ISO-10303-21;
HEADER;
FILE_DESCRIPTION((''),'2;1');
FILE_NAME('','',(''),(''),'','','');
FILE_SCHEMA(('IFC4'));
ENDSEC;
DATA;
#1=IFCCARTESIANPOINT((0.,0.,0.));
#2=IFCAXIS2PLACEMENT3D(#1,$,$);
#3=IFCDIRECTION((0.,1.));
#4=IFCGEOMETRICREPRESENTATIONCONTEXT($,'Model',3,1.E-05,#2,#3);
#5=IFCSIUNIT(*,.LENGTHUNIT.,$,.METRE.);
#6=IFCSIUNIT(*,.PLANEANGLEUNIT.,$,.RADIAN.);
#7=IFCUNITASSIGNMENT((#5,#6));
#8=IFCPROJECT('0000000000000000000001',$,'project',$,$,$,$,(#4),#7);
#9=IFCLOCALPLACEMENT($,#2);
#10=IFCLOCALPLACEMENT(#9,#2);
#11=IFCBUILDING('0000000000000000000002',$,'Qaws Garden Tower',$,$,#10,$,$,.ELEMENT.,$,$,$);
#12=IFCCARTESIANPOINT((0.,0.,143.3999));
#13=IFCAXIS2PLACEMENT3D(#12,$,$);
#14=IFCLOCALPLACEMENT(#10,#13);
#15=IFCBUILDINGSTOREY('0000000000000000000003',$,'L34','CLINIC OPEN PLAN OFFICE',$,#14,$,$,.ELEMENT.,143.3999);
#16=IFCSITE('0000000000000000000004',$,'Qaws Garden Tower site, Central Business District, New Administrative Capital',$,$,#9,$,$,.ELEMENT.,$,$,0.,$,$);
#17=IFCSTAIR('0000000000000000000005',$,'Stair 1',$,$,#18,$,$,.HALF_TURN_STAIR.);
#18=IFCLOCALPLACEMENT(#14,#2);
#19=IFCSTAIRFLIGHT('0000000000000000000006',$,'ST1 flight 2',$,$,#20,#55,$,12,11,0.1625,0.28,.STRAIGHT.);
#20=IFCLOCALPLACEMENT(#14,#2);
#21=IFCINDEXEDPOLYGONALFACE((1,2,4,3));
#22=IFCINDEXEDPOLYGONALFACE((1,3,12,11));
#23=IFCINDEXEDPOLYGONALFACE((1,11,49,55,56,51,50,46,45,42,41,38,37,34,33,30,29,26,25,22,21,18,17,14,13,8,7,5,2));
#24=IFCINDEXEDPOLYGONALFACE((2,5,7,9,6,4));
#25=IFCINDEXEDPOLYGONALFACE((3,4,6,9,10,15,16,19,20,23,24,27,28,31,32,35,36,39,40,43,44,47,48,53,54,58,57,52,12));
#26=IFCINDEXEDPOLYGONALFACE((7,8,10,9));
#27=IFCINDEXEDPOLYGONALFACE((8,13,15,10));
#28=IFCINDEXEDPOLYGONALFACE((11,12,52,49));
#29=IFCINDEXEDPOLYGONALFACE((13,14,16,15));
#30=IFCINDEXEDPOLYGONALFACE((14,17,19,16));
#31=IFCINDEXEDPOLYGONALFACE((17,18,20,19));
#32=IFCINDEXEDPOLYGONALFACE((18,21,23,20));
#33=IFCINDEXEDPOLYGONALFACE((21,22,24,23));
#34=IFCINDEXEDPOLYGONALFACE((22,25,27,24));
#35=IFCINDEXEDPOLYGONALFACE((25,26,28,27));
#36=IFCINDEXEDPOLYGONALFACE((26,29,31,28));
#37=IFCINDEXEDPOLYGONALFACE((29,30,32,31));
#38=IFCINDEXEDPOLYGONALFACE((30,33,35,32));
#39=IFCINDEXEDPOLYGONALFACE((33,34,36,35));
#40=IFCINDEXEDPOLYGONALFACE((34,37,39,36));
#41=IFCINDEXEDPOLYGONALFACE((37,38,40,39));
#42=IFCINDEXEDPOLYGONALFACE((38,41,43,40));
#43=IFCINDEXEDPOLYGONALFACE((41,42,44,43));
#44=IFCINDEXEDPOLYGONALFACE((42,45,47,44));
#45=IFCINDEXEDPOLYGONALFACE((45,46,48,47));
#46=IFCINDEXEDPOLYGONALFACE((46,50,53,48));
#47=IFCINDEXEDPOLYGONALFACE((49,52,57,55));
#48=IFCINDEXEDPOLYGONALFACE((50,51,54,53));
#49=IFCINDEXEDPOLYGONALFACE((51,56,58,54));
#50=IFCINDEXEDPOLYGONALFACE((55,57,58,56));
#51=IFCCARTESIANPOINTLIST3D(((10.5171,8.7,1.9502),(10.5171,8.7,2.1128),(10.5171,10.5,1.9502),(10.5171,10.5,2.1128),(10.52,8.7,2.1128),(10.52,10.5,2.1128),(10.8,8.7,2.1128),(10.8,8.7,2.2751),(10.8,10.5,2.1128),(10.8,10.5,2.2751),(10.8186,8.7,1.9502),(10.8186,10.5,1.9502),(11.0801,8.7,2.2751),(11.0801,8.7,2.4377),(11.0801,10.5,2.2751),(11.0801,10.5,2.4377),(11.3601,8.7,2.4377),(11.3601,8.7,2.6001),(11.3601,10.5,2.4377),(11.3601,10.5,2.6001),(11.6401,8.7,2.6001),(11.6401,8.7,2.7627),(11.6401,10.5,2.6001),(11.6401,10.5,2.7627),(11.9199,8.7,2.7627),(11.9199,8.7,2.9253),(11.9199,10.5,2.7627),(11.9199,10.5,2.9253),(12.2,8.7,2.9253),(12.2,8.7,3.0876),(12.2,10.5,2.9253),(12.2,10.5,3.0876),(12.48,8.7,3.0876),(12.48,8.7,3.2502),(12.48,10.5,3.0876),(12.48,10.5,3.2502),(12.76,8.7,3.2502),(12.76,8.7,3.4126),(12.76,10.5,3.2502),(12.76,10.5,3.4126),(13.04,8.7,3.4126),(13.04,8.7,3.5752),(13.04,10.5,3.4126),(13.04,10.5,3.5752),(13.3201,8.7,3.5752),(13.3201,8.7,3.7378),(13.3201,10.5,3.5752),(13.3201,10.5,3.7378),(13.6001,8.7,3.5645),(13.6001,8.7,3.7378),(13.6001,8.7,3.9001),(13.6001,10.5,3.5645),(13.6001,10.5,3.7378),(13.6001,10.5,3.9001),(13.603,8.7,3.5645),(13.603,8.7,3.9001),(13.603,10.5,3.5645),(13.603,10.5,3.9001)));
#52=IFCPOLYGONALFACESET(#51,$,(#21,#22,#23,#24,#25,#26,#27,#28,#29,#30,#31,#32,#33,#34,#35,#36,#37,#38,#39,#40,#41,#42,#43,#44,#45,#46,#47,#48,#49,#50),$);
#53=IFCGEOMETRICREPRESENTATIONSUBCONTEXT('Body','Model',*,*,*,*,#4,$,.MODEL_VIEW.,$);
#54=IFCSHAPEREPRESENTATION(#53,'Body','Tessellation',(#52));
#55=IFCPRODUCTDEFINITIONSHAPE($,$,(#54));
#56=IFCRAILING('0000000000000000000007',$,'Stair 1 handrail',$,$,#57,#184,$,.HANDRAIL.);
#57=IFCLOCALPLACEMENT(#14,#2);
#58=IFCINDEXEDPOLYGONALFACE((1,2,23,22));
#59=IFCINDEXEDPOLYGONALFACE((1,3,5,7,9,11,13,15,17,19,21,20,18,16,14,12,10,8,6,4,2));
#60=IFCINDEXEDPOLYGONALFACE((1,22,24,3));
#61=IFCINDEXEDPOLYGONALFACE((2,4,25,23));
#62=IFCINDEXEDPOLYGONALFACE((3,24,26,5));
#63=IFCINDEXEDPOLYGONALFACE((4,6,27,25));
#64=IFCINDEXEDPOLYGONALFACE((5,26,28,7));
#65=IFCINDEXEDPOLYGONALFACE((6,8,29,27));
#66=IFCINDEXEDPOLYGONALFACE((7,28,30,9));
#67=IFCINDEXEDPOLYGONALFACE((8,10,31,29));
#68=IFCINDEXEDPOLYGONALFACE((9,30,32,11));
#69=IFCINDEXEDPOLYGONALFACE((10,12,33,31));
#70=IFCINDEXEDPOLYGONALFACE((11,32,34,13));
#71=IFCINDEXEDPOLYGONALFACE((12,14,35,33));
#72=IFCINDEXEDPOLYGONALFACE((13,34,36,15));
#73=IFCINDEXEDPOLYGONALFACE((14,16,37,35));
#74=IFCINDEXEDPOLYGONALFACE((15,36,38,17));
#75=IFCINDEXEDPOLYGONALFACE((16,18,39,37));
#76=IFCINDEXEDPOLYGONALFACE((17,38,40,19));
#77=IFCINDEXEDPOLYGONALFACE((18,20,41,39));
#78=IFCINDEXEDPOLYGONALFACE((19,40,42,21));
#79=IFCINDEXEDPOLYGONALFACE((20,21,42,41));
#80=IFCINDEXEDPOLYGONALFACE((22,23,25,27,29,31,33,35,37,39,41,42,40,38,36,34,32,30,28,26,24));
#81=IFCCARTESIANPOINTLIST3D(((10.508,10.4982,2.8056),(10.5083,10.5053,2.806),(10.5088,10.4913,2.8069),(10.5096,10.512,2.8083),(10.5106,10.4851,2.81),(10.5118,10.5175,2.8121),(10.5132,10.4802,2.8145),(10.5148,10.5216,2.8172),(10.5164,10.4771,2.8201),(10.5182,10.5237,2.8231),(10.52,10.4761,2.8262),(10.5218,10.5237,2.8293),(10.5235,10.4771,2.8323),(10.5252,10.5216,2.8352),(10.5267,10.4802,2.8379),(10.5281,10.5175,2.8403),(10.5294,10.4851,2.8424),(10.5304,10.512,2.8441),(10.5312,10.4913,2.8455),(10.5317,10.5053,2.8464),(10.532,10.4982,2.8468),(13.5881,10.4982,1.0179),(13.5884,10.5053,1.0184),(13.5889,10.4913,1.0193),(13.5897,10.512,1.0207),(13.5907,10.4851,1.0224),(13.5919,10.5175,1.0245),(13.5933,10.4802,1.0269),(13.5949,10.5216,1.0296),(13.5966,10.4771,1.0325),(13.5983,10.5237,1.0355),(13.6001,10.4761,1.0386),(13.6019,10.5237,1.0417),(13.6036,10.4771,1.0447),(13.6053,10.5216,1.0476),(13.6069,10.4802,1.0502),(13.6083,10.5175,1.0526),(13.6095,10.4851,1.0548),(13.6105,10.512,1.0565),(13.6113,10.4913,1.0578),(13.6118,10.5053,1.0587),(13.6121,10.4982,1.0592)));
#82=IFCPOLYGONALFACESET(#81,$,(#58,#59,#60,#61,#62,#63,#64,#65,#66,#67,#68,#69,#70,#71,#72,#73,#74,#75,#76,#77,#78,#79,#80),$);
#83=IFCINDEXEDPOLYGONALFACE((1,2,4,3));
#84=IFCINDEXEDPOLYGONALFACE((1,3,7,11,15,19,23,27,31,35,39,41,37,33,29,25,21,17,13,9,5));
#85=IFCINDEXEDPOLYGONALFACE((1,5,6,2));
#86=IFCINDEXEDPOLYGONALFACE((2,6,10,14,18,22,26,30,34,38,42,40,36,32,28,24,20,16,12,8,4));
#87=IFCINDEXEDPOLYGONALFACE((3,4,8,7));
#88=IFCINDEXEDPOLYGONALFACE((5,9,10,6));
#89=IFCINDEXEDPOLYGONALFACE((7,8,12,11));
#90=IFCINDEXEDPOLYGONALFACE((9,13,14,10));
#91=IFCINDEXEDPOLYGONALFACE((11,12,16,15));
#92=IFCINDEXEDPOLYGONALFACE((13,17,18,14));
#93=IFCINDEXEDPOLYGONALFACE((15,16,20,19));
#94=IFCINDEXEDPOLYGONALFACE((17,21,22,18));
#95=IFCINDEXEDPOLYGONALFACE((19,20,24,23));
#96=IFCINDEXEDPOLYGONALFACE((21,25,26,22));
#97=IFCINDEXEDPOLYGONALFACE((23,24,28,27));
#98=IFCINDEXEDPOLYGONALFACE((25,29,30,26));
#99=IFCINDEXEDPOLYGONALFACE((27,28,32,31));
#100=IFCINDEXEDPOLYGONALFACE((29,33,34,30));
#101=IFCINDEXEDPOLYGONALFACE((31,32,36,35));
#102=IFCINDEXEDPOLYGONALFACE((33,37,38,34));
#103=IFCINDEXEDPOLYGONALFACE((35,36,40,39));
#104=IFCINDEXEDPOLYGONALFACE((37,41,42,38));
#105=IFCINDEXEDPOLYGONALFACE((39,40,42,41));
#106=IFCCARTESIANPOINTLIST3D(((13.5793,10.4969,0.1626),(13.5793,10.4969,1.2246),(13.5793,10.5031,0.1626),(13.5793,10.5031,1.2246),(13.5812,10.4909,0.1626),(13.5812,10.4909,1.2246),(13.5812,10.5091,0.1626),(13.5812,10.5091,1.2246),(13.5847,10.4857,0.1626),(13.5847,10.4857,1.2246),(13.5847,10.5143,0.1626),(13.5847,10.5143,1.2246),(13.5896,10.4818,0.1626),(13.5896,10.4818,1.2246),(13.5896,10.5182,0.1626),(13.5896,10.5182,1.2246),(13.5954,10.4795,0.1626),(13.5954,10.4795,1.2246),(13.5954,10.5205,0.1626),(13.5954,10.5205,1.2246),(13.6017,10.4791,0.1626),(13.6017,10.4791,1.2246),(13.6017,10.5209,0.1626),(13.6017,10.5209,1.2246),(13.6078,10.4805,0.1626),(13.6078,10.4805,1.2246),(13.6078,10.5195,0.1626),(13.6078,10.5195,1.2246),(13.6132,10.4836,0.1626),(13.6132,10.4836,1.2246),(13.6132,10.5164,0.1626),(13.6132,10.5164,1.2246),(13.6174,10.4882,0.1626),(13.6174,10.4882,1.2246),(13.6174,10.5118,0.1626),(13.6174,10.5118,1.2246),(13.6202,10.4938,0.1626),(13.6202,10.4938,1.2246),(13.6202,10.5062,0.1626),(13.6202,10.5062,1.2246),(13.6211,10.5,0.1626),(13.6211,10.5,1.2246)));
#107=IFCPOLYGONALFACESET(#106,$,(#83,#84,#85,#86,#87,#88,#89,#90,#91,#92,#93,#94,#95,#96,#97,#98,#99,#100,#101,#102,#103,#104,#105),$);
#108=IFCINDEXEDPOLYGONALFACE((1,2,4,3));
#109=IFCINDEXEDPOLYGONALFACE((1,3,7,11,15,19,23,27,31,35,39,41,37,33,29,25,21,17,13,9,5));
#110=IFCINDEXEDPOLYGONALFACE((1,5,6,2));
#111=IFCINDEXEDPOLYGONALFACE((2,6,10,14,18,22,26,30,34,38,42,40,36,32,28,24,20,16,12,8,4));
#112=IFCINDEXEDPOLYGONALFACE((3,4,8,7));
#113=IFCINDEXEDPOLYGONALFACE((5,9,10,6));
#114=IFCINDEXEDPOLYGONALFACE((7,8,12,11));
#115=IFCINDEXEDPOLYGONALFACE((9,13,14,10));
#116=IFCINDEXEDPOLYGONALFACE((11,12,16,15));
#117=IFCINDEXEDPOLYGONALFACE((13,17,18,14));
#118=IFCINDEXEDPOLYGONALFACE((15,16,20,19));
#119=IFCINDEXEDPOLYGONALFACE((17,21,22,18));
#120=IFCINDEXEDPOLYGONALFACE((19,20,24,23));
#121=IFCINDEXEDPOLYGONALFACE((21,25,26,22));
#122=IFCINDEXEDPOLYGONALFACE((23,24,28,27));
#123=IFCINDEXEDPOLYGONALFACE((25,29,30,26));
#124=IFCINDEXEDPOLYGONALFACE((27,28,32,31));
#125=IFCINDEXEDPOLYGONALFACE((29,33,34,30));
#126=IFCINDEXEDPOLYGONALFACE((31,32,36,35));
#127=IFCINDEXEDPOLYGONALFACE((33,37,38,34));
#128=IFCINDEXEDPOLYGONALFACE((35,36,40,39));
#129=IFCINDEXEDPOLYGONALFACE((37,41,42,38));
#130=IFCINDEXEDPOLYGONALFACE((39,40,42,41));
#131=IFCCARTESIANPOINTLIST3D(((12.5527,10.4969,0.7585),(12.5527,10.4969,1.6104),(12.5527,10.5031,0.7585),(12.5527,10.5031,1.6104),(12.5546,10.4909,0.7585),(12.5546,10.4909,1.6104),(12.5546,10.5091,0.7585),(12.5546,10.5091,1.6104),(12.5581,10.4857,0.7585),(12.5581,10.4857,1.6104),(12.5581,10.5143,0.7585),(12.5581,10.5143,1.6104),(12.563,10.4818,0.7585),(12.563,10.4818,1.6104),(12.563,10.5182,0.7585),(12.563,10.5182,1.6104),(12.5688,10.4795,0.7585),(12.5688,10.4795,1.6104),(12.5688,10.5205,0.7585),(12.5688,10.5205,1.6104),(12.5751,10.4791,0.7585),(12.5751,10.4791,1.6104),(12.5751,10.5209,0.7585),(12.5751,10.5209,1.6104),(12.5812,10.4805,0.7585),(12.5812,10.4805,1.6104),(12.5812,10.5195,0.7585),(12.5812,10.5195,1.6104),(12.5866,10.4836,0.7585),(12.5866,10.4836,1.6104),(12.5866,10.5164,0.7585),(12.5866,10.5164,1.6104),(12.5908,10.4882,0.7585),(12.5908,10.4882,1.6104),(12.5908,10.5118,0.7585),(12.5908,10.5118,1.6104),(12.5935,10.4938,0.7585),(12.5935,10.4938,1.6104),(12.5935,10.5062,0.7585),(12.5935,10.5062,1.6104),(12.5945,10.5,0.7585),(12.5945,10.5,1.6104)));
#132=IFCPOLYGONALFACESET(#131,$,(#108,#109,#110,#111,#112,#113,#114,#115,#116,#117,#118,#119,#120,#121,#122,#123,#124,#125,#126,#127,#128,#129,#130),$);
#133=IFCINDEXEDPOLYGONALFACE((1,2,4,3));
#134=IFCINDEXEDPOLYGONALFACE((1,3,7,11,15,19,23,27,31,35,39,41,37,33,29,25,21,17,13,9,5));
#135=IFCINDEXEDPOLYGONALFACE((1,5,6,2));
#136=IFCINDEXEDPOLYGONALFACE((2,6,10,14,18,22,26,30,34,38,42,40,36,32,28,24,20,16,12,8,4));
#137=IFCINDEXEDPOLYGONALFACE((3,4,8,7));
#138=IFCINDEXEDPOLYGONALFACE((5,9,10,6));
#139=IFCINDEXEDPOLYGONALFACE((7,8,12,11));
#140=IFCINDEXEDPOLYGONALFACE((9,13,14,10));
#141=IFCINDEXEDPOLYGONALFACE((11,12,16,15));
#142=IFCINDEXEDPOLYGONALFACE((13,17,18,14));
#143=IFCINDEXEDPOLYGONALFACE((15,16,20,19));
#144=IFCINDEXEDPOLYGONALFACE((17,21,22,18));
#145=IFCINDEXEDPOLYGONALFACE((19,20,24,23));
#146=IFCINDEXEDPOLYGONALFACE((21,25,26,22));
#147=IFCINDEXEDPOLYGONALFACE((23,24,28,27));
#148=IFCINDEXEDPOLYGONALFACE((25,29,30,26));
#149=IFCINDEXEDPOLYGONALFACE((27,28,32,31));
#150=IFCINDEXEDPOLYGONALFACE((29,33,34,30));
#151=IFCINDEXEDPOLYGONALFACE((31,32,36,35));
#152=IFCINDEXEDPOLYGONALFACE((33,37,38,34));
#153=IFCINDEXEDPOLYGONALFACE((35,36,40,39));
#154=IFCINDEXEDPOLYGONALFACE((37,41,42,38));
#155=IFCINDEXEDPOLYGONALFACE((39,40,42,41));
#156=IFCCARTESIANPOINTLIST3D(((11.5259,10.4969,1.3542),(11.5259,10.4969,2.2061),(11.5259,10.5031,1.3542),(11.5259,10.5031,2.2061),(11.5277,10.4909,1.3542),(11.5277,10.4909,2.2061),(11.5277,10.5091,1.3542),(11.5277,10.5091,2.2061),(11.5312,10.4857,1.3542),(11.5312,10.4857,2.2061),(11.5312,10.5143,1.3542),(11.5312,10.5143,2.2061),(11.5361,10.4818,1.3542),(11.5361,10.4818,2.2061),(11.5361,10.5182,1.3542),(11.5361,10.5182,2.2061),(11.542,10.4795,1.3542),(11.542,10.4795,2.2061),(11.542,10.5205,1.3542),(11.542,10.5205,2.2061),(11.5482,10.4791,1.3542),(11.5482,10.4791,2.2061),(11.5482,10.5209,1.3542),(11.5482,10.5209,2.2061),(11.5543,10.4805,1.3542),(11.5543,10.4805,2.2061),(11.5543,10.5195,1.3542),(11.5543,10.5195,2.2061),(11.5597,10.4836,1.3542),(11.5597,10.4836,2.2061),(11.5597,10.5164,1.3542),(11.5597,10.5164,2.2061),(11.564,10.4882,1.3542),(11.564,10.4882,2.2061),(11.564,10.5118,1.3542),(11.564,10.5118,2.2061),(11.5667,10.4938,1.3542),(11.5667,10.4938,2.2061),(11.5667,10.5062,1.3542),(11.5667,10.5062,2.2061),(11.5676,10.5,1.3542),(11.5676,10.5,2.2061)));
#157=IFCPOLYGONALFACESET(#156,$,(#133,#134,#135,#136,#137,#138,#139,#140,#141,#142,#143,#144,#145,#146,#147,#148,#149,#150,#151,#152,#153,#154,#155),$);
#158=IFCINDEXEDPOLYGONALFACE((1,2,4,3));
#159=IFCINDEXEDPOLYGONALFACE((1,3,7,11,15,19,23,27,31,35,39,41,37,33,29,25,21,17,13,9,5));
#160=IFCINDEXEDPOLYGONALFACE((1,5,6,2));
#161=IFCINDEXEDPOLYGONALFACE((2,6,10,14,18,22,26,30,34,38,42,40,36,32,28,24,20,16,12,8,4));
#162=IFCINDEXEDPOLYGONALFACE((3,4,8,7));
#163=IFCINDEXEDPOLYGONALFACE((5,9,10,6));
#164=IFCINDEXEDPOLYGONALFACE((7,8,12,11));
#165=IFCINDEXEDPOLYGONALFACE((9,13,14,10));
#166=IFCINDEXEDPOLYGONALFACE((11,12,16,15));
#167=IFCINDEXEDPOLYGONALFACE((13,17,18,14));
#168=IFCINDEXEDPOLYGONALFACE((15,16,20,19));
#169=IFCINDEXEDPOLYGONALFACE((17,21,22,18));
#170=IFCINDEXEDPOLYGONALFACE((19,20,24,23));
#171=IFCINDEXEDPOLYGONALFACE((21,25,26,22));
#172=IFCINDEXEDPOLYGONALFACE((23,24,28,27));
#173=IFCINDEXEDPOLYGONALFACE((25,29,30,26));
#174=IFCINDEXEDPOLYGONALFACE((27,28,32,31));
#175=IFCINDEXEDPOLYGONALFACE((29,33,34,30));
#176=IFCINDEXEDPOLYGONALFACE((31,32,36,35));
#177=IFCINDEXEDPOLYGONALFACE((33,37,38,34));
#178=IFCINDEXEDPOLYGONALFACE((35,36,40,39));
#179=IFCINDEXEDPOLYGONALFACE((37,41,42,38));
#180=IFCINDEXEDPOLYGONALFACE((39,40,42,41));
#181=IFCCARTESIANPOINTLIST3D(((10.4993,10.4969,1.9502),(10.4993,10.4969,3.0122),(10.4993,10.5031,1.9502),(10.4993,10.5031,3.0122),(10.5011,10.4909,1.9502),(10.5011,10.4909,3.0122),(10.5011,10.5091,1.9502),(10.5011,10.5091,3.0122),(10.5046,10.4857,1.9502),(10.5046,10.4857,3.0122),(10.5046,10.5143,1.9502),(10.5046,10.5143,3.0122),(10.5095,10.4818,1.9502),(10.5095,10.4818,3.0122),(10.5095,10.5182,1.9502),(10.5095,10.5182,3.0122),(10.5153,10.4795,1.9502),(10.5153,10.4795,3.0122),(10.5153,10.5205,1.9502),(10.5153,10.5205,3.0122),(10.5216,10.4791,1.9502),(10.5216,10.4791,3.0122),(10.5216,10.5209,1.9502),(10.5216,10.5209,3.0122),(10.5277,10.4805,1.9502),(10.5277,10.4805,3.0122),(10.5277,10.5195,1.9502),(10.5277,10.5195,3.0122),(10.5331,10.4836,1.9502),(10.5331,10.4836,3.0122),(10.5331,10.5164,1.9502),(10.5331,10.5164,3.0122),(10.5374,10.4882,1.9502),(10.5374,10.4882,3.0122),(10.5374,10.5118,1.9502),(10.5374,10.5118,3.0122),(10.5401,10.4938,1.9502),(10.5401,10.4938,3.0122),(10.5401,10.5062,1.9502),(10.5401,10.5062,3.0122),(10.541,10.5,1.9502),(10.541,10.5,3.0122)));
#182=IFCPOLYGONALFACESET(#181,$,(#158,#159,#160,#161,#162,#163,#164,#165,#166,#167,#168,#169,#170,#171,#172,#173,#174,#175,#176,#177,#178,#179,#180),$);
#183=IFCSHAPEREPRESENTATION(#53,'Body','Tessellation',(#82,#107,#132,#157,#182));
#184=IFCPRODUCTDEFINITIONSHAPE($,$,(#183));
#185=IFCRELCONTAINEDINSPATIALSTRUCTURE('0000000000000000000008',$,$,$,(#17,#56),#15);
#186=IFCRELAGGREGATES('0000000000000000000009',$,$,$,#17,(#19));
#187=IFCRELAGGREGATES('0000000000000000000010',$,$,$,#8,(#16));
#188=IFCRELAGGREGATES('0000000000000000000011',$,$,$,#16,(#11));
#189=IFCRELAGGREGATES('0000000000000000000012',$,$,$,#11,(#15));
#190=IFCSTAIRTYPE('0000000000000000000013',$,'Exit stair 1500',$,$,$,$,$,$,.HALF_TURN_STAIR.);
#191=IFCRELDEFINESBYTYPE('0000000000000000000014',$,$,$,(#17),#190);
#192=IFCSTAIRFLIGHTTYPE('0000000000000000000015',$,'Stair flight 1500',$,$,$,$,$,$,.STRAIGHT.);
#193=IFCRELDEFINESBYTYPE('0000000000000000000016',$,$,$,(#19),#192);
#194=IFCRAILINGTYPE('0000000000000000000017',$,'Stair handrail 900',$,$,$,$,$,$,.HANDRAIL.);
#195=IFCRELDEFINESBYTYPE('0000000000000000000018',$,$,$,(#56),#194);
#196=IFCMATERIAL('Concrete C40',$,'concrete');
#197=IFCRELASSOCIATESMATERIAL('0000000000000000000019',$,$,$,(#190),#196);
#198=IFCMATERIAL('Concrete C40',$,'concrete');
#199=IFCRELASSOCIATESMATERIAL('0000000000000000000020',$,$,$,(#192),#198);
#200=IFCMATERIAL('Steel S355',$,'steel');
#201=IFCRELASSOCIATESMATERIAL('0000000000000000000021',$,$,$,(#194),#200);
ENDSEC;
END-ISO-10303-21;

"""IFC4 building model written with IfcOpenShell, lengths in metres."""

from ifc_helpers import new_model, si_unit, direction, frame, origin, origin_2d, place, context, subcontext, project, spatial, polyline, circle, outline, extrude, material, type_object, element, aggregate, save


model = new_model("IFC4")

# Units and contexts
model_context = context("Model", 3, precision=1e-05, world=origin(), true_north=direction((0.0, 1.0)))
body_context = subcontext(model_context, "Body", "Model", "MODEL_VIEW")
ifc_project = project(units=[si_unit("LENGTHUNIT", "METRE"), si_unit("PLANEANGLEUNIT", "RADIAN")], contexts=[model_context])

# Site, building, storey
site_placement = place(None, origin())
site = spatial("IfcSite", under=ifc_project, at=site_placement, Name="Qaws Garden Tower site, Central Business District, New Administrative Capital", CompositionType="ELEMENT", RefElevation=0.0)
building_placement = place(site_placement, origin())
building = spatial("IfcBuilding", under=site, at=building_placement, Name="Qaws Garden Tower", CompositionType="ELEMENT")
storey_placement = place(building_placement, frame((0.0, 0.0, 143.3999)))
storey = spatial("IfcBuildingStorey", under=building, at=storey_placement, Name="L34", Description="CLINIC OPEN PLAN OFFICE", CompositionType="ELEMENT", Elevation=143.3999)

# Stair, stair flight
ifc_material_1 = material(Name="Concrete C40", Category="concrete")
stair_type = type_object("IfcStairType", Name="Exit stair 1500", PredefinedType="HALF_TURN_STAIR", material=ifc_material_1)
stair_placement = place(storey_placement, origin())
stair = element("IfcStair", 1, at=stair_placement, inside=storey, type_object=stair_type, Name="Stair 1", PredefinedType="HALF_TURN_STAIR")
ifc_material_2 = material(Name="Concrete C40", Category="concrete")
stair_flight_type = type_object("IfcStairFlightType", Name="Stair flight 1500", PredefinedType="STRAIGHT", material=ifc_material_2)
stair_flight_1_placement = place(storey_placement, frame((10.52, 9.6001, 1.9502), z_axis=(0.0, 0.0, 1.0), x_axis=(1.0, 0.0, 0.0)))
stair_flight_1 = element("IfcStairFlight", 2, at=stair_flight_1_placement, type_object=stair_flight_type, Name="ST1 flight 2", NumberOfRisers=12, NumberOfTreads=11, PredefinedType="STRAIGHT", RiserHeight=0.1625, TreadLength=0.28, context=body_context, shape_type="SweptSolid", body=[
    extrude(outline(polyline([(-0.0029, 0.0), (-0.0029, 0.1626), (0.0, 0.1626), (0.28, 0.1626), (0.28, 0.325), (0.5601, 0.325), (0.5601, 0.4875), (0.8401, 0.4875), (0.8401, 0.6499), (1.1201, 0.6499), (1.1201, 0.8125), (1.3999, 0.8125), (1.3999, 0.9751), (1.6799, 0.9751), (1.6799, 1.1375), (1.96, 1.1375), (1.96, 1.3), (2.24, 1.3), (2.24, 1.4624), (2.52, 1.4624), (2.52, 1.625), (2.8, 1.625), (2.8, 1.7876), (3.0801, 1.7876), (3.0801, 1.95), (3.083, 1.95), (3.083, 1.6143), (3.0801, 1.6143), (0.2986, 0.0), (-0.0029, 0.0)])), frame((0.0, 0.8999, 0.0), z_axis=(0.0, -1.0, 0.0), x_axis=(1.0, 0.0, 0.0)), (0.0, 0.0, 1.0), 1.8),
])
aggregate(stair, [stair_flight_1])

# Railing
ifc_material_3 = material(Name="Steel S355", Category="steel")
railing_type = type_object("IfcRailingType", Name="Stair handrail 900", PredefinedType="HANDRAIL", material=ifc_material_3)
railing_1_placement = place(storey_placement, frame((13.6001, 10.5, 0.1626)))
element("IfcRailing", 3, at=railing_1_placement, inside=storey, type_object=railing_type, Name="Stair 1 handrail", PredefinedType="HANDRAIL", context=body_context, shape_type="SweptSolid", body=[
    extrude(circle(Radius=0.0239, at=origin_2d()), frame((0.0, 0.0, 0.876), z_axis=(-0.864891, 0.0, 0.50196), x_axis=(0.0, -1.0, 0.0)), (0.0, 0.0, 1.0), 3.5613),
    extrude(circle(Radius=0.021, at=origin_2d()), origin(), (0.0, 0.0, 1.0), 1.062),
    extrude(circle(Radius=0.021, at=origin_2d()), frame((-1.0266, 0.0, 0.5959)), (0.0, 0.0, 1.0), 0.8518),
    extrude(circle(Radius=0.021, at=origin_2d()), frame((-2.0535, 0.0, 1.1917)), (0.0, 0.0, 1.0), 0.8518),
    extrude(circle(Radius=0.021, at=origin_2d()), frame((-3.0801, 0.0, 1.7876)), (0.0, 0.0, 1.0), 1.062),
])

save(model, "model.ifc")
